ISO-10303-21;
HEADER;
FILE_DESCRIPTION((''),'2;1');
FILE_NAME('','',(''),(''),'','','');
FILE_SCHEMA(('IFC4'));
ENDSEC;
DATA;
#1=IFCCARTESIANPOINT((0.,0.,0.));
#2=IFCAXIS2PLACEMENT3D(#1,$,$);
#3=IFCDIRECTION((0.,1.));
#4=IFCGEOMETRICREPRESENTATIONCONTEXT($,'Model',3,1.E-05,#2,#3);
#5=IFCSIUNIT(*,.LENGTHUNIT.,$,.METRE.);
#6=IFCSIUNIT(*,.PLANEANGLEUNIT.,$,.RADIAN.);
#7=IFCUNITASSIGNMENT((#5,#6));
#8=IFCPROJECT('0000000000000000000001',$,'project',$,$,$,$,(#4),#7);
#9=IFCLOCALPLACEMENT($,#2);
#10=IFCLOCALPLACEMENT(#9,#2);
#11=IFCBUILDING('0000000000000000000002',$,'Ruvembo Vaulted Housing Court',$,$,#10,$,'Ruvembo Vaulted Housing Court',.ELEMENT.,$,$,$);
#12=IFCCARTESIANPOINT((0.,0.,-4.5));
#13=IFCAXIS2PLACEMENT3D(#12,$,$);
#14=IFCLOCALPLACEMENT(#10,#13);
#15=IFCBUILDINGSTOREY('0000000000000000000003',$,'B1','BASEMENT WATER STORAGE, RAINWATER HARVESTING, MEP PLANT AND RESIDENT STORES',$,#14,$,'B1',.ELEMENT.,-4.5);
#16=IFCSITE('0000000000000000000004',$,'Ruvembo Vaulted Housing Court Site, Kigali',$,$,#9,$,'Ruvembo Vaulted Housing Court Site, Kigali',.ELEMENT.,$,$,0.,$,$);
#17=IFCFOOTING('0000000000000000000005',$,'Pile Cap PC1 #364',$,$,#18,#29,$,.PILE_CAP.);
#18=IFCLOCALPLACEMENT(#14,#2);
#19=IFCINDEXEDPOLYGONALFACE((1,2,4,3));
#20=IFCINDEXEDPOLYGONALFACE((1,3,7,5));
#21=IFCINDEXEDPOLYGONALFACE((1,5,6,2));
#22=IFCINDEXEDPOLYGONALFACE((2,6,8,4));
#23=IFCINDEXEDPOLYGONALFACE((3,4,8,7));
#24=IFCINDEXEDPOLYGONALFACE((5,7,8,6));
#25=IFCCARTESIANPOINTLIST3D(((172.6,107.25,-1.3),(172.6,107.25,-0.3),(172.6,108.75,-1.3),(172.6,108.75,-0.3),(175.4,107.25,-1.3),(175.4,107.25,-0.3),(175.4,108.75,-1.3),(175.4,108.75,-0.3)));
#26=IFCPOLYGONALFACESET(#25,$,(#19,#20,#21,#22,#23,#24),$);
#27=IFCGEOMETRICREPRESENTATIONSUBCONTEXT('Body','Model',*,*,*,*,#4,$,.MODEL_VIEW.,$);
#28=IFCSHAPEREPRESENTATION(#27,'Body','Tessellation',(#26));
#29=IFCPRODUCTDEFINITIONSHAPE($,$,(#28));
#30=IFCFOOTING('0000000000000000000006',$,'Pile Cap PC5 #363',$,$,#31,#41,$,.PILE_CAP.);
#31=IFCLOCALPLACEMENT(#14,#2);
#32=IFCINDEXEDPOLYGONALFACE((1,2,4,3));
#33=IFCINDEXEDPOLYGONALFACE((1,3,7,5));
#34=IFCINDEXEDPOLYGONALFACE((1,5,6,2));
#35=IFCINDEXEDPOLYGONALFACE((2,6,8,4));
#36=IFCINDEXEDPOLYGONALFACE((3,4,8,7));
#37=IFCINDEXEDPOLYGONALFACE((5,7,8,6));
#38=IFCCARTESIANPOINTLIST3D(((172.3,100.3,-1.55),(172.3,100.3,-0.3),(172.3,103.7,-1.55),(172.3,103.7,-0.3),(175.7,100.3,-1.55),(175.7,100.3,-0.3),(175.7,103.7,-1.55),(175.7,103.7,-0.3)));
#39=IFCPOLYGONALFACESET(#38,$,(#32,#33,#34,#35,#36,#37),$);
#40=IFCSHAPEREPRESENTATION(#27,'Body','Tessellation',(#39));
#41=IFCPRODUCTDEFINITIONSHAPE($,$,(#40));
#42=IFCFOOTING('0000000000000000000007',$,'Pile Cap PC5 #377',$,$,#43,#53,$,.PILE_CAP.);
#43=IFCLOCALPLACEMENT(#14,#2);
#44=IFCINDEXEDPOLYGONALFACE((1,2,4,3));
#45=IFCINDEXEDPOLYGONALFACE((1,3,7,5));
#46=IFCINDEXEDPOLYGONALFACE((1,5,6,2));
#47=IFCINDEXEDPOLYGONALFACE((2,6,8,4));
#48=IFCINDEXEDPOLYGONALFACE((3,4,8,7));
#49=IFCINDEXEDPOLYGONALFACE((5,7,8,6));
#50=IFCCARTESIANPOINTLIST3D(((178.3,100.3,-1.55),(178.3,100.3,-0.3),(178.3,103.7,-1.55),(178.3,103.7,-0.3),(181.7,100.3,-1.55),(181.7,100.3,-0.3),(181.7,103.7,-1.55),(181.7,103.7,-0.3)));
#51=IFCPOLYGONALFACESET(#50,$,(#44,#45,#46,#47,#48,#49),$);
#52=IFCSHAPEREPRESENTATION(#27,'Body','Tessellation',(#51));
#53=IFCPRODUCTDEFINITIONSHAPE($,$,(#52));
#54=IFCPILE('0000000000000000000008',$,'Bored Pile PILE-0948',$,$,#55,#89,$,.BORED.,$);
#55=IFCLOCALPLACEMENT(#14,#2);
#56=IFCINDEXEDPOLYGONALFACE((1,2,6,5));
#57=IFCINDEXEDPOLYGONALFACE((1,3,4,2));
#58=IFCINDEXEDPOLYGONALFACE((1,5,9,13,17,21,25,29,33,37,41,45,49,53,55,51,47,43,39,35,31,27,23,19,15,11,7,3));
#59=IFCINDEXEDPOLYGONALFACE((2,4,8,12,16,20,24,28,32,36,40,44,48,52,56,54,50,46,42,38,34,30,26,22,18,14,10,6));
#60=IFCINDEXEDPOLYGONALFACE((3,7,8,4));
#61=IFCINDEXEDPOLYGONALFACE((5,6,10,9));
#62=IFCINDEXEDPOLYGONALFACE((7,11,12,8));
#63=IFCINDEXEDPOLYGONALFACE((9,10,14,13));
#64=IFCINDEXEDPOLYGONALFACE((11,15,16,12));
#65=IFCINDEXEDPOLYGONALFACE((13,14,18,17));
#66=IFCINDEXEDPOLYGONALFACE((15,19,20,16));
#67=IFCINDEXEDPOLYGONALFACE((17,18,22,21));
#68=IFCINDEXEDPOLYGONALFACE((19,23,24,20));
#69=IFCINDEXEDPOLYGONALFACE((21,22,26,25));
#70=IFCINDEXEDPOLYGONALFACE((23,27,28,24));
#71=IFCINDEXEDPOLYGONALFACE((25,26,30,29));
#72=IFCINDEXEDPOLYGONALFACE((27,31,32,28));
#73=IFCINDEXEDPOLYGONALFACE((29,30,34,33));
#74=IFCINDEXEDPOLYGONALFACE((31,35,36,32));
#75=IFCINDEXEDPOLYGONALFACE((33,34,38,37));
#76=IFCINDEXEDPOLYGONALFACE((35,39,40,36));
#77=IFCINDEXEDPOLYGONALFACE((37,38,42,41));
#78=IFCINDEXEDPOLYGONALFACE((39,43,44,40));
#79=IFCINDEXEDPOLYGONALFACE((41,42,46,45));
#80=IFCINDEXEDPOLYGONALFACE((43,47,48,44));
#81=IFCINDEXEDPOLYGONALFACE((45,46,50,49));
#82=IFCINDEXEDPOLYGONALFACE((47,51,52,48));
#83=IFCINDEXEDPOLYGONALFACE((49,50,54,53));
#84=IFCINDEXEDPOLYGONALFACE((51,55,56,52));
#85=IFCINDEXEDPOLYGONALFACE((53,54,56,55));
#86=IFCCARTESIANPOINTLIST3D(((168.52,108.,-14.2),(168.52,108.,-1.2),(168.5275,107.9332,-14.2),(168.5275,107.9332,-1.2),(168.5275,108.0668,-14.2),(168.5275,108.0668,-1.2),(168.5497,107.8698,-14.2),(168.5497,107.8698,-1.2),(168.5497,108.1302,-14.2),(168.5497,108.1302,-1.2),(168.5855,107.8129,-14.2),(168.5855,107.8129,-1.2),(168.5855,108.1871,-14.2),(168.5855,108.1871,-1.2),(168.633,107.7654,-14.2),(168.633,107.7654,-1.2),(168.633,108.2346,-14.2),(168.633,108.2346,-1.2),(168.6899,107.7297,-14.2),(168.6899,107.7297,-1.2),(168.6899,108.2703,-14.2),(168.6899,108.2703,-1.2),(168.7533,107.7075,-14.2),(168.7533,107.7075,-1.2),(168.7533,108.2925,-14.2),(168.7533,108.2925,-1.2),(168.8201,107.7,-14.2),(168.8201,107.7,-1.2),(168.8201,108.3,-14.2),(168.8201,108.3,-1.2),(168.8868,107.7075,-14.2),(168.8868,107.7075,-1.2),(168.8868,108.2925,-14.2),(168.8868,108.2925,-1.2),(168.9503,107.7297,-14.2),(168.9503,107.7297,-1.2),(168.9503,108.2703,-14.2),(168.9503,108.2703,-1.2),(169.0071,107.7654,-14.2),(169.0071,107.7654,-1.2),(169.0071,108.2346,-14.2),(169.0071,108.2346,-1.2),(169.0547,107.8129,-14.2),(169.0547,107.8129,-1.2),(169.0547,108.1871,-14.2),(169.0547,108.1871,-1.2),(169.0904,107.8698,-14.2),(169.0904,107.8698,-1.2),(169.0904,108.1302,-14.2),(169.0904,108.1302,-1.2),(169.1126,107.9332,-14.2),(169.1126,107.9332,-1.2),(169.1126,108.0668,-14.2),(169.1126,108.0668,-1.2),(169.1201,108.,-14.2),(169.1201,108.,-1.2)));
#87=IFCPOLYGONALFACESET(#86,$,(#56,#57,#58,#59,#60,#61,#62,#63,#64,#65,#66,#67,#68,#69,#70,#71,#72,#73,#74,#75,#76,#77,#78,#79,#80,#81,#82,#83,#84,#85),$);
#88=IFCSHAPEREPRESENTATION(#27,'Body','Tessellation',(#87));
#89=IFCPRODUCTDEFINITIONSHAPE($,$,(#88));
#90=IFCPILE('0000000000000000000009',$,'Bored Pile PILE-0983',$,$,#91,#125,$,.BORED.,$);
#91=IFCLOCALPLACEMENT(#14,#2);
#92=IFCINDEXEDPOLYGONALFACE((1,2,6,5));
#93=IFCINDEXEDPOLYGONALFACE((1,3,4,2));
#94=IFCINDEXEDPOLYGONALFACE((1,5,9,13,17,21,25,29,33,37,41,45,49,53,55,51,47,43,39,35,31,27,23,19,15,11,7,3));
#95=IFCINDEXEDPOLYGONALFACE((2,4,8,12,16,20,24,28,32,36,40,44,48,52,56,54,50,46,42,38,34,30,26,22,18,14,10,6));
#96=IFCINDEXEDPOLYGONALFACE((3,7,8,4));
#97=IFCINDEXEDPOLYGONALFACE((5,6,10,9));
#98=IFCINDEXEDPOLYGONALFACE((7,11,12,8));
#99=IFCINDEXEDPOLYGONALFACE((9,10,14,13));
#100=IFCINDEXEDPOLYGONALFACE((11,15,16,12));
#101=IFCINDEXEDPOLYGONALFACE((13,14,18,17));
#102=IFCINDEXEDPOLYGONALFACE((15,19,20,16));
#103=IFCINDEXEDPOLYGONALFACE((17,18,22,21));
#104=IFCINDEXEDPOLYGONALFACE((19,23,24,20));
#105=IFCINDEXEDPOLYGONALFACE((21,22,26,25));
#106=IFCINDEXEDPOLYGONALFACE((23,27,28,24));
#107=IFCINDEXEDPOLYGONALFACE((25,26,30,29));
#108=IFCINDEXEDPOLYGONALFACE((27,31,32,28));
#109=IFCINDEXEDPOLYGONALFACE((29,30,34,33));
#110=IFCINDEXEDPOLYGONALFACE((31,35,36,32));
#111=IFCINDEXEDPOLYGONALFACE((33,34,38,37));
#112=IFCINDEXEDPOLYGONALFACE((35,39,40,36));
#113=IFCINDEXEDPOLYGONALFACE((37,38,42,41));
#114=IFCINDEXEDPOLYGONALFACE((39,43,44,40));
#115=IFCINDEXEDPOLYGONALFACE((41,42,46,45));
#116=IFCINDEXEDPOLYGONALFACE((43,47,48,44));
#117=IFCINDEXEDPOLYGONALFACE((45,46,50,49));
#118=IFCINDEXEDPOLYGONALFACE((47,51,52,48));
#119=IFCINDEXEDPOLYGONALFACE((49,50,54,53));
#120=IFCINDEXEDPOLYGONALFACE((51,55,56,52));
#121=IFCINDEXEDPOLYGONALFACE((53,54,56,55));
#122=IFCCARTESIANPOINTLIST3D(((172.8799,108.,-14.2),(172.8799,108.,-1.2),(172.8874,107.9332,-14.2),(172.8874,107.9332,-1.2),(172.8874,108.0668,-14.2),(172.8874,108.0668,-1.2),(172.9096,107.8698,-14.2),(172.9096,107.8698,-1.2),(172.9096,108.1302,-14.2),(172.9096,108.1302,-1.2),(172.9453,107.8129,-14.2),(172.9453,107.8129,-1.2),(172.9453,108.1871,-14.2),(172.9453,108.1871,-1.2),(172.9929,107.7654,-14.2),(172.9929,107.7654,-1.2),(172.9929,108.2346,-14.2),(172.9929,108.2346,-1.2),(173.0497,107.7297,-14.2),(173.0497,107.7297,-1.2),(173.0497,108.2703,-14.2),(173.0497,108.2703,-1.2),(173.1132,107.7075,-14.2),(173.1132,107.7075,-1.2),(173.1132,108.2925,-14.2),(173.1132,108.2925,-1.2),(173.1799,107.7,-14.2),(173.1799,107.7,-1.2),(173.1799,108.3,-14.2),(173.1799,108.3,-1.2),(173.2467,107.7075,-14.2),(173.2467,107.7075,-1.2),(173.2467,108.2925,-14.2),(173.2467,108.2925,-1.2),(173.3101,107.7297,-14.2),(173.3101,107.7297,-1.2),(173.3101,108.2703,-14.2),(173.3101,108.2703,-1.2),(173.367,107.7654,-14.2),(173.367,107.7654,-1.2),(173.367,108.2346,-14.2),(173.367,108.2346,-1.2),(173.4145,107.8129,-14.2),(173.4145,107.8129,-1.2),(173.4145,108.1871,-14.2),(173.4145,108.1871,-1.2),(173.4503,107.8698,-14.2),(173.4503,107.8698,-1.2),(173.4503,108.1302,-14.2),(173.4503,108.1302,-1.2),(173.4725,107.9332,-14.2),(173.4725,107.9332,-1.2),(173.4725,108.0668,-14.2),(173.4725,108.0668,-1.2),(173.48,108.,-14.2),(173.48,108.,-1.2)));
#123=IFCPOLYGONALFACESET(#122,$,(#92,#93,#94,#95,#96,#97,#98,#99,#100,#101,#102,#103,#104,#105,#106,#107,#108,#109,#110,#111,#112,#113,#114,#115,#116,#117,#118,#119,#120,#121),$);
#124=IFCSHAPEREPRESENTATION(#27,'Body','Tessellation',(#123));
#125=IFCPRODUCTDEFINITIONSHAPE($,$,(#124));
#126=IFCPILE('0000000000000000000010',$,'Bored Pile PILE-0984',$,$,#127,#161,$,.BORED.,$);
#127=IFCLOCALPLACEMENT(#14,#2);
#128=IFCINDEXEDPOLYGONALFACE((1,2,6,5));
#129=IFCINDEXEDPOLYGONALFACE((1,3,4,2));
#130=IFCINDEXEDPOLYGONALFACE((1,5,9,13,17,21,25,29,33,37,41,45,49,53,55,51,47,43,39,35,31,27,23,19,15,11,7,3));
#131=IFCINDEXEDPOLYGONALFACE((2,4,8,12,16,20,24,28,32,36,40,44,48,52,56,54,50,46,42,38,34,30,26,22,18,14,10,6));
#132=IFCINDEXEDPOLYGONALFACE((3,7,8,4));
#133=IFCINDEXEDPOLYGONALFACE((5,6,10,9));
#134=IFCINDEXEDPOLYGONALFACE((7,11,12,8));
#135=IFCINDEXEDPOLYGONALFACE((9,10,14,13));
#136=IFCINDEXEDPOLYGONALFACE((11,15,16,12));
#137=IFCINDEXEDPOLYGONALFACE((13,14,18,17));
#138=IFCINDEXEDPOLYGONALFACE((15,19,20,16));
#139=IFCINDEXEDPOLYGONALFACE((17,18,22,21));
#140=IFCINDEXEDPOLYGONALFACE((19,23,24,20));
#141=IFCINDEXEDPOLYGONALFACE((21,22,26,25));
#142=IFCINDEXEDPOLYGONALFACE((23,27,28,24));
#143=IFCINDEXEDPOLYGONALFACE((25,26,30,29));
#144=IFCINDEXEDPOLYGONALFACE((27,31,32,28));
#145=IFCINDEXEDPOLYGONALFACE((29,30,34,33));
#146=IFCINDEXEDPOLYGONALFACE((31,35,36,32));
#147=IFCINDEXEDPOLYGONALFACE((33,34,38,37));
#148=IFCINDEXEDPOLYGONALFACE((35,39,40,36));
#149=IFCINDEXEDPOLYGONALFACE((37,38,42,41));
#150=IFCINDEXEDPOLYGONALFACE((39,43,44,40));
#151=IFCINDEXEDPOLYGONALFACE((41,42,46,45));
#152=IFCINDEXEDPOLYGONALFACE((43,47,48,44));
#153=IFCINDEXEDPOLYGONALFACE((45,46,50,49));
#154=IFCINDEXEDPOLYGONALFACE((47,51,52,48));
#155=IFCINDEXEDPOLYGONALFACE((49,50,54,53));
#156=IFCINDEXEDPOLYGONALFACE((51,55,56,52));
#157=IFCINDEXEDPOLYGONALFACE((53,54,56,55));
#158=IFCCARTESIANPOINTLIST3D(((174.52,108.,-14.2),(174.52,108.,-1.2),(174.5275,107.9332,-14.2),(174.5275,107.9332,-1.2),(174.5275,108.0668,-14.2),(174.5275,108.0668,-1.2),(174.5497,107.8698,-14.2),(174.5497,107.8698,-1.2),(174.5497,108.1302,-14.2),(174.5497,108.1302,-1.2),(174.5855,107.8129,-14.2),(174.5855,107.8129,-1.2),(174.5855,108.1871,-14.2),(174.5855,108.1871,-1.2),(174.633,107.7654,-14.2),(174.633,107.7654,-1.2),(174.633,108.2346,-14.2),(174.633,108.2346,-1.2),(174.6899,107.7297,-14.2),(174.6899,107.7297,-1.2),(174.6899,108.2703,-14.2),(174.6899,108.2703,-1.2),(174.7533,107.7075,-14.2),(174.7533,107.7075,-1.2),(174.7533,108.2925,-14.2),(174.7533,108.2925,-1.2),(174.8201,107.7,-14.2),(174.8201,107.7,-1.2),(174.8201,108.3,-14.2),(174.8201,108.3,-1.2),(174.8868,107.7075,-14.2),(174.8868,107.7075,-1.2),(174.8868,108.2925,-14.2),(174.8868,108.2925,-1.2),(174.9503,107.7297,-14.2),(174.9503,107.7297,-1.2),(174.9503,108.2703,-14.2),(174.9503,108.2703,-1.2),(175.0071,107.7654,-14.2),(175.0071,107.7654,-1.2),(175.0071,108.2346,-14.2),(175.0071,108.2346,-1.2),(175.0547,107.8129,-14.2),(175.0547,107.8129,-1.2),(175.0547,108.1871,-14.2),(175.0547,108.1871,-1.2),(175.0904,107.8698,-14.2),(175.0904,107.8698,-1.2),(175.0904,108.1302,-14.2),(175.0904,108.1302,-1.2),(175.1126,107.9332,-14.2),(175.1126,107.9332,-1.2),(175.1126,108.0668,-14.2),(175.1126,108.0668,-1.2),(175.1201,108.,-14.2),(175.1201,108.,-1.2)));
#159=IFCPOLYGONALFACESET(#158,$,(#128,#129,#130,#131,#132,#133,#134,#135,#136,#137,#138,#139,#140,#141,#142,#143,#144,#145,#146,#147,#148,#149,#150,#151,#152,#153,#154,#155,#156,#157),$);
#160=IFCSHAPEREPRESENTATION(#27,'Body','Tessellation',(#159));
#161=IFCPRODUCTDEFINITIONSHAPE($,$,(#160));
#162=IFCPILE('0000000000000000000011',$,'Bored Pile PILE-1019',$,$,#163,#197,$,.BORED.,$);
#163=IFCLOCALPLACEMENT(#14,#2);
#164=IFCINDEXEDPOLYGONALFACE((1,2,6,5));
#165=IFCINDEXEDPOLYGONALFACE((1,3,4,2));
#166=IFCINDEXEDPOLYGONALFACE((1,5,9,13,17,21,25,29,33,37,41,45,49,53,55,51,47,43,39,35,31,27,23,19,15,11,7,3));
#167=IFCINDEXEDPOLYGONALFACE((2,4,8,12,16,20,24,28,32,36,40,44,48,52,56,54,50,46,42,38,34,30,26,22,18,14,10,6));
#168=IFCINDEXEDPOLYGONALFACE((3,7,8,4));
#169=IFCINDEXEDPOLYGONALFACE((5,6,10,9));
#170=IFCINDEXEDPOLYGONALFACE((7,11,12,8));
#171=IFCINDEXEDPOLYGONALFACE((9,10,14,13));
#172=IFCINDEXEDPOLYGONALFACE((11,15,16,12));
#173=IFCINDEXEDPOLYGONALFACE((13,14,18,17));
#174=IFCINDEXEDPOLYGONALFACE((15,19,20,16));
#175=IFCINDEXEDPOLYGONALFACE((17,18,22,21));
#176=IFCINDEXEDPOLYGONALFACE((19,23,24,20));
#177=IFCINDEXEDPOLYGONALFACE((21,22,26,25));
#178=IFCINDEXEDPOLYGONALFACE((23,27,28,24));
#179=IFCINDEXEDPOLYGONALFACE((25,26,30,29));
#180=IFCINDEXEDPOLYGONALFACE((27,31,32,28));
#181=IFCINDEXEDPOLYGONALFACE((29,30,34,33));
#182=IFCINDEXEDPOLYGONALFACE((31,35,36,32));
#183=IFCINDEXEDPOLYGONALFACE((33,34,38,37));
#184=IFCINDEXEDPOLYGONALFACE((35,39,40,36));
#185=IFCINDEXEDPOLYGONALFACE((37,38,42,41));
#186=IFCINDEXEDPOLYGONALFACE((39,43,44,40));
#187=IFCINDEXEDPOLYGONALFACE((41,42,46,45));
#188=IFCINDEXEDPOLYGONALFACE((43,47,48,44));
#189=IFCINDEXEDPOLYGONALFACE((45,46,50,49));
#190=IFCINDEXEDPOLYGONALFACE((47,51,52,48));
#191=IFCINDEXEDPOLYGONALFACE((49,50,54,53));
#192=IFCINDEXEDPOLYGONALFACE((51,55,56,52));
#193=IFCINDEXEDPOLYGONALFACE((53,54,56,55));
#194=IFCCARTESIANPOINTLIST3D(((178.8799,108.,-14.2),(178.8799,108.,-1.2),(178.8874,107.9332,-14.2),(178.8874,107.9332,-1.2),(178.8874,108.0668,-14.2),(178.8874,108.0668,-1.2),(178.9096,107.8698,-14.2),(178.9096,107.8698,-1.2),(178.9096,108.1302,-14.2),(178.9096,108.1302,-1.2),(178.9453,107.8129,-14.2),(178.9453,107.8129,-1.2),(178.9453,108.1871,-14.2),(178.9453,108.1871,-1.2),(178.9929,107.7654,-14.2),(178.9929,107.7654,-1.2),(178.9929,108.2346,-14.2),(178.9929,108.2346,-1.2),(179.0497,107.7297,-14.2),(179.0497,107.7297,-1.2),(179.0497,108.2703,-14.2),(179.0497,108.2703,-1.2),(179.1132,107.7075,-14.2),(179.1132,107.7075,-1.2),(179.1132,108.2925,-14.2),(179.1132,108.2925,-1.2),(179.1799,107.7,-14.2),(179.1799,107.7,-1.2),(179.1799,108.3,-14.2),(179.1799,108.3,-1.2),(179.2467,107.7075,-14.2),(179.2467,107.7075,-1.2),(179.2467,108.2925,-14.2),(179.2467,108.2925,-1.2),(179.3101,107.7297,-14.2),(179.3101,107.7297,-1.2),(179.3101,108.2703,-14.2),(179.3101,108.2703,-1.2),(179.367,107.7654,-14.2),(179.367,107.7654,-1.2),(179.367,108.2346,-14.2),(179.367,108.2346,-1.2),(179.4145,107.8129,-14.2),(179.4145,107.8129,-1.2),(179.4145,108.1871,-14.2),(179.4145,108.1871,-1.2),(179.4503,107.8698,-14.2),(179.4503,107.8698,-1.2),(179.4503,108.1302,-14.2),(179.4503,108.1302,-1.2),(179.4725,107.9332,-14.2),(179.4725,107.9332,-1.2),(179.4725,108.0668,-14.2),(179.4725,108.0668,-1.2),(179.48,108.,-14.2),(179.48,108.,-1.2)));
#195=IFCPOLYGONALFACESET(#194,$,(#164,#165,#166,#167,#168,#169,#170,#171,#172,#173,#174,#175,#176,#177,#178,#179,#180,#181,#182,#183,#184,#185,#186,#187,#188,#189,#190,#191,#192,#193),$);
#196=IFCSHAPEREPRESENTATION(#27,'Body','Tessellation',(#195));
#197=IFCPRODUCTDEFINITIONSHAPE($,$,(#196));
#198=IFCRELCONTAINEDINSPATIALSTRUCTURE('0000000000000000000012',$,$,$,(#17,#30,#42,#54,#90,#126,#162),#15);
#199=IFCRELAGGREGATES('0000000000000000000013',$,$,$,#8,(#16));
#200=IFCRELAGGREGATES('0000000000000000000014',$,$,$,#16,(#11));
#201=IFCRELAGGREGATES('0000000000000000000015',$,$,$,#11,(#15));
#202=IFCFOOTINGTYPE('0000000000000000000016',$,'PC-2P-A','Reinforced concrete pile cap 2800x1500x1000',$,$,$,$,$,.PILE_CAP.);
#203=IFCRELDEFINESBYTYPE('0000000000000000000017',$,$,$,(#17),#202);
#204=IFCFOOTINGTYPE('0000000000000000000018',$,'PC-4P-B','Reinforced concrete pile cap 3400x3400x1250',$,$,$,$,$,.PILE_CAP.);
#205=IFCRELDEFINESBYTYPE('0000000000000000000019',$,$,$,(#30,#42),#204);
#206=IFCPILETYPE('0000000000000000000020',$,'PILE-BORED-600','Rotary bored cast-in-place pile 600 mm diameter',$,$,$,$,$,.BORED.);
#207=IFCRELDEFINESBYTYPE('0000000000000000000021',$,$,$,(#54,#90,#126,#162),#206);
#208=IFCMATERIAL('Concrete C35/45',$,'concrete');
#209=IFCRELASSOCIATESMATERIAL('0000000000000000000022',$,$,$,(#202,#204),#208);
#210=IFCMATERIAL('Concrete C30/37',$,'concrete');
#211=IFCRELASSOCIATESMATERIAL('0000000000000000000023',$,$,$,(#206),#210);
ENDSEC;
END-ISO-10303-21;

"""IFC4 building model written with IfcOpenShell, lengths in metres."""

from ifc_helpers import new_model, si_unit, direction, frame, origin, origin_2d, place, context, subcontext, project, spatial, rectangle, circle, extrude, material, material_profile, profile_set, type_object, element, save


model = new_model("IFC4")

# Units and contexts
model_context = context("Model", 3, precision=1e-05, world=origin(), true_north=direction((0.0, 1.0)))
body_context = subcontext(model_context, "Body", "Model", "MODEL_VIEW")
ifc_project = project(units=[si_unit("LENGTHUNIT", "METRE"), si_unit("PLANEANGLEUNIT", "RADIAN")], contexts=[model_context])

# Site, building, storey
site_placement = place(None, origin())
site = spatial("IfcSite", under=ifc_project, at=site_placement, Name="Ruvembo Vaulted Housing Court Site, Kigali", LongName="Ruvembo Vaulted Housing Court Site, Kigali", CompositionType="ELEMENT", RefElevation=0.0)
building_placement = place(site_placement, origin())
building = spatial("IfcBuilding", under=site, at=building_placement, Name="Ruvembo Vaulted Housing Court", LongName="Ruvembo Vaulted Housing Court", CompositionType="ELEMENT")
storey_placement = place(building_placement, frame((0.0, 0.0, -4.5)))
storey = spatial("IfcBuildingStorey", under=building, at=storey_placement, Name="B1", Description="BASEMENT WATER STORAGE, RAINWATER HARVESTING, MEP PLANT AND RESIDENT STORES", LongName="B1", CompositionType="ELEMENT", Elevation=-4.5)

# Footings
ifc_material_1 = material(Name="Concrete C35/45", Category="concrete")
footing_type_1 = type_object("IfcFootingType", Name="PC-2P-A", Description="Reinforced concrete pile cap 2800x1500x1000", PredefinedType="PILE_CAP", material=ifc_material_1)
footing_placement = place(storey_placement, frame((174.0, 108.0, -1.3), z_axis=(0.0, 0.0, 1.0), x_axis=(1.0, 0.0, 0.0)))
element("IfcFooting", 1, at=footing_placement, inside=storey, type_object=footing_type_1, Name="Pile Cap PC1 #364", PredefinedType="PILE_CAP", context=body_context, shape_type="SweptSolid", body=[
    extrude(rectangle(XDim=2.8, YDim=1.5, at=origin_2d()), origin(), (0.0, 0.0, 1.0), 1.0),
])
footing_type_2 = type_object("IfcFootingType", Name="PC-4P-B", Description="Reinforced concrete pile cap 3400x3400x1250", PredefinedType="PILE_CAP", material=ifc_material_1)
for number, where, z_axis, x_axis, name in (
    (2, (174.0, 102.0, -1.55), (0.0, 0.0, 1.0), (1.0, 0.0, 0.0), "Pile Cap PC5 #363"),
    (3, (180.0, 102.0, -1.55), (0.0, 0.0, 1.0), (1.0, 0.0, 0.0), "Pile Cap PC5 #377"),
):
    element("IfcFooting", number, at=place(storey_placement, frame(where, z_axis=z_axis, x_axis=x_axis)), inside=storey, type_object=footing_type_2, Name=name, PredefinedType="PILE_CAP", context=body_context, shape_type="SweptSolid", body=[
        extrude(rectangle(XDim=3.3999, YDim=3.3999, at=origin_2d()), origin(), (0.0, 0.0, 1.0), 1.25),
    ])

# Piles
ifc_material_2 = material(Name="Concrete C30/37", Category="concrete")
ifc_material_profile_1 = material_profile(ifc_material_2, circle(Radius=0.3, at=origin_2d()), Name="PILE D600")
ifc_profile_set_1 = profile_set([ifc_material_profile_1], Name="Concrete C30/37")
pile_type_1 = type_object("IfcPileType", Name="PILE-BORED-600", Description="Rotary bored cast-in-place pile 600 mm diameter", PredefinedType="BORED", material=ifc_profile_set_1)
for number, where, z_axis, x_axis, name in (
    (4, (168.8201, 108.0, -1.2), (0.0, 0.0, -1.0), (1.0, 0.0, 0.0), "Bored Pile PILE-0948"),
    (5, (173.1799, 108.0, -1.2), (0.0, 0.0, -1.0), (1.0, 0.0, 0.0), "Bored Pile PILE-0983"),
    (6, (174.8201, 108.0, -1.2), (0.0, 0.0, -1.0), (1.0, 0.0, 0.0), "Bored Pile PILE-0984"),
    (7, (179.1799, 108.0, -1.2), (0.0, 0.0, -1.0), (1.0, 0.0, 0.0), "Bored Pile PILE-1019"),
):
    element("IfcPile", number, at=place(storey_placement, frame(where, z_axis=z_axis, x_axis=x_axis)), inside=storey, type_object=pile_type_1, Name=name, PredefinedType="BORED", context=body_context, shape_type="SweptSolid", body=[
        extrude(circle(Radius=0.3, at=origin_2d()), origin(), (0.0, 0.0, 1.0), 13.0),
    ])

save(model, "model.ifc")
